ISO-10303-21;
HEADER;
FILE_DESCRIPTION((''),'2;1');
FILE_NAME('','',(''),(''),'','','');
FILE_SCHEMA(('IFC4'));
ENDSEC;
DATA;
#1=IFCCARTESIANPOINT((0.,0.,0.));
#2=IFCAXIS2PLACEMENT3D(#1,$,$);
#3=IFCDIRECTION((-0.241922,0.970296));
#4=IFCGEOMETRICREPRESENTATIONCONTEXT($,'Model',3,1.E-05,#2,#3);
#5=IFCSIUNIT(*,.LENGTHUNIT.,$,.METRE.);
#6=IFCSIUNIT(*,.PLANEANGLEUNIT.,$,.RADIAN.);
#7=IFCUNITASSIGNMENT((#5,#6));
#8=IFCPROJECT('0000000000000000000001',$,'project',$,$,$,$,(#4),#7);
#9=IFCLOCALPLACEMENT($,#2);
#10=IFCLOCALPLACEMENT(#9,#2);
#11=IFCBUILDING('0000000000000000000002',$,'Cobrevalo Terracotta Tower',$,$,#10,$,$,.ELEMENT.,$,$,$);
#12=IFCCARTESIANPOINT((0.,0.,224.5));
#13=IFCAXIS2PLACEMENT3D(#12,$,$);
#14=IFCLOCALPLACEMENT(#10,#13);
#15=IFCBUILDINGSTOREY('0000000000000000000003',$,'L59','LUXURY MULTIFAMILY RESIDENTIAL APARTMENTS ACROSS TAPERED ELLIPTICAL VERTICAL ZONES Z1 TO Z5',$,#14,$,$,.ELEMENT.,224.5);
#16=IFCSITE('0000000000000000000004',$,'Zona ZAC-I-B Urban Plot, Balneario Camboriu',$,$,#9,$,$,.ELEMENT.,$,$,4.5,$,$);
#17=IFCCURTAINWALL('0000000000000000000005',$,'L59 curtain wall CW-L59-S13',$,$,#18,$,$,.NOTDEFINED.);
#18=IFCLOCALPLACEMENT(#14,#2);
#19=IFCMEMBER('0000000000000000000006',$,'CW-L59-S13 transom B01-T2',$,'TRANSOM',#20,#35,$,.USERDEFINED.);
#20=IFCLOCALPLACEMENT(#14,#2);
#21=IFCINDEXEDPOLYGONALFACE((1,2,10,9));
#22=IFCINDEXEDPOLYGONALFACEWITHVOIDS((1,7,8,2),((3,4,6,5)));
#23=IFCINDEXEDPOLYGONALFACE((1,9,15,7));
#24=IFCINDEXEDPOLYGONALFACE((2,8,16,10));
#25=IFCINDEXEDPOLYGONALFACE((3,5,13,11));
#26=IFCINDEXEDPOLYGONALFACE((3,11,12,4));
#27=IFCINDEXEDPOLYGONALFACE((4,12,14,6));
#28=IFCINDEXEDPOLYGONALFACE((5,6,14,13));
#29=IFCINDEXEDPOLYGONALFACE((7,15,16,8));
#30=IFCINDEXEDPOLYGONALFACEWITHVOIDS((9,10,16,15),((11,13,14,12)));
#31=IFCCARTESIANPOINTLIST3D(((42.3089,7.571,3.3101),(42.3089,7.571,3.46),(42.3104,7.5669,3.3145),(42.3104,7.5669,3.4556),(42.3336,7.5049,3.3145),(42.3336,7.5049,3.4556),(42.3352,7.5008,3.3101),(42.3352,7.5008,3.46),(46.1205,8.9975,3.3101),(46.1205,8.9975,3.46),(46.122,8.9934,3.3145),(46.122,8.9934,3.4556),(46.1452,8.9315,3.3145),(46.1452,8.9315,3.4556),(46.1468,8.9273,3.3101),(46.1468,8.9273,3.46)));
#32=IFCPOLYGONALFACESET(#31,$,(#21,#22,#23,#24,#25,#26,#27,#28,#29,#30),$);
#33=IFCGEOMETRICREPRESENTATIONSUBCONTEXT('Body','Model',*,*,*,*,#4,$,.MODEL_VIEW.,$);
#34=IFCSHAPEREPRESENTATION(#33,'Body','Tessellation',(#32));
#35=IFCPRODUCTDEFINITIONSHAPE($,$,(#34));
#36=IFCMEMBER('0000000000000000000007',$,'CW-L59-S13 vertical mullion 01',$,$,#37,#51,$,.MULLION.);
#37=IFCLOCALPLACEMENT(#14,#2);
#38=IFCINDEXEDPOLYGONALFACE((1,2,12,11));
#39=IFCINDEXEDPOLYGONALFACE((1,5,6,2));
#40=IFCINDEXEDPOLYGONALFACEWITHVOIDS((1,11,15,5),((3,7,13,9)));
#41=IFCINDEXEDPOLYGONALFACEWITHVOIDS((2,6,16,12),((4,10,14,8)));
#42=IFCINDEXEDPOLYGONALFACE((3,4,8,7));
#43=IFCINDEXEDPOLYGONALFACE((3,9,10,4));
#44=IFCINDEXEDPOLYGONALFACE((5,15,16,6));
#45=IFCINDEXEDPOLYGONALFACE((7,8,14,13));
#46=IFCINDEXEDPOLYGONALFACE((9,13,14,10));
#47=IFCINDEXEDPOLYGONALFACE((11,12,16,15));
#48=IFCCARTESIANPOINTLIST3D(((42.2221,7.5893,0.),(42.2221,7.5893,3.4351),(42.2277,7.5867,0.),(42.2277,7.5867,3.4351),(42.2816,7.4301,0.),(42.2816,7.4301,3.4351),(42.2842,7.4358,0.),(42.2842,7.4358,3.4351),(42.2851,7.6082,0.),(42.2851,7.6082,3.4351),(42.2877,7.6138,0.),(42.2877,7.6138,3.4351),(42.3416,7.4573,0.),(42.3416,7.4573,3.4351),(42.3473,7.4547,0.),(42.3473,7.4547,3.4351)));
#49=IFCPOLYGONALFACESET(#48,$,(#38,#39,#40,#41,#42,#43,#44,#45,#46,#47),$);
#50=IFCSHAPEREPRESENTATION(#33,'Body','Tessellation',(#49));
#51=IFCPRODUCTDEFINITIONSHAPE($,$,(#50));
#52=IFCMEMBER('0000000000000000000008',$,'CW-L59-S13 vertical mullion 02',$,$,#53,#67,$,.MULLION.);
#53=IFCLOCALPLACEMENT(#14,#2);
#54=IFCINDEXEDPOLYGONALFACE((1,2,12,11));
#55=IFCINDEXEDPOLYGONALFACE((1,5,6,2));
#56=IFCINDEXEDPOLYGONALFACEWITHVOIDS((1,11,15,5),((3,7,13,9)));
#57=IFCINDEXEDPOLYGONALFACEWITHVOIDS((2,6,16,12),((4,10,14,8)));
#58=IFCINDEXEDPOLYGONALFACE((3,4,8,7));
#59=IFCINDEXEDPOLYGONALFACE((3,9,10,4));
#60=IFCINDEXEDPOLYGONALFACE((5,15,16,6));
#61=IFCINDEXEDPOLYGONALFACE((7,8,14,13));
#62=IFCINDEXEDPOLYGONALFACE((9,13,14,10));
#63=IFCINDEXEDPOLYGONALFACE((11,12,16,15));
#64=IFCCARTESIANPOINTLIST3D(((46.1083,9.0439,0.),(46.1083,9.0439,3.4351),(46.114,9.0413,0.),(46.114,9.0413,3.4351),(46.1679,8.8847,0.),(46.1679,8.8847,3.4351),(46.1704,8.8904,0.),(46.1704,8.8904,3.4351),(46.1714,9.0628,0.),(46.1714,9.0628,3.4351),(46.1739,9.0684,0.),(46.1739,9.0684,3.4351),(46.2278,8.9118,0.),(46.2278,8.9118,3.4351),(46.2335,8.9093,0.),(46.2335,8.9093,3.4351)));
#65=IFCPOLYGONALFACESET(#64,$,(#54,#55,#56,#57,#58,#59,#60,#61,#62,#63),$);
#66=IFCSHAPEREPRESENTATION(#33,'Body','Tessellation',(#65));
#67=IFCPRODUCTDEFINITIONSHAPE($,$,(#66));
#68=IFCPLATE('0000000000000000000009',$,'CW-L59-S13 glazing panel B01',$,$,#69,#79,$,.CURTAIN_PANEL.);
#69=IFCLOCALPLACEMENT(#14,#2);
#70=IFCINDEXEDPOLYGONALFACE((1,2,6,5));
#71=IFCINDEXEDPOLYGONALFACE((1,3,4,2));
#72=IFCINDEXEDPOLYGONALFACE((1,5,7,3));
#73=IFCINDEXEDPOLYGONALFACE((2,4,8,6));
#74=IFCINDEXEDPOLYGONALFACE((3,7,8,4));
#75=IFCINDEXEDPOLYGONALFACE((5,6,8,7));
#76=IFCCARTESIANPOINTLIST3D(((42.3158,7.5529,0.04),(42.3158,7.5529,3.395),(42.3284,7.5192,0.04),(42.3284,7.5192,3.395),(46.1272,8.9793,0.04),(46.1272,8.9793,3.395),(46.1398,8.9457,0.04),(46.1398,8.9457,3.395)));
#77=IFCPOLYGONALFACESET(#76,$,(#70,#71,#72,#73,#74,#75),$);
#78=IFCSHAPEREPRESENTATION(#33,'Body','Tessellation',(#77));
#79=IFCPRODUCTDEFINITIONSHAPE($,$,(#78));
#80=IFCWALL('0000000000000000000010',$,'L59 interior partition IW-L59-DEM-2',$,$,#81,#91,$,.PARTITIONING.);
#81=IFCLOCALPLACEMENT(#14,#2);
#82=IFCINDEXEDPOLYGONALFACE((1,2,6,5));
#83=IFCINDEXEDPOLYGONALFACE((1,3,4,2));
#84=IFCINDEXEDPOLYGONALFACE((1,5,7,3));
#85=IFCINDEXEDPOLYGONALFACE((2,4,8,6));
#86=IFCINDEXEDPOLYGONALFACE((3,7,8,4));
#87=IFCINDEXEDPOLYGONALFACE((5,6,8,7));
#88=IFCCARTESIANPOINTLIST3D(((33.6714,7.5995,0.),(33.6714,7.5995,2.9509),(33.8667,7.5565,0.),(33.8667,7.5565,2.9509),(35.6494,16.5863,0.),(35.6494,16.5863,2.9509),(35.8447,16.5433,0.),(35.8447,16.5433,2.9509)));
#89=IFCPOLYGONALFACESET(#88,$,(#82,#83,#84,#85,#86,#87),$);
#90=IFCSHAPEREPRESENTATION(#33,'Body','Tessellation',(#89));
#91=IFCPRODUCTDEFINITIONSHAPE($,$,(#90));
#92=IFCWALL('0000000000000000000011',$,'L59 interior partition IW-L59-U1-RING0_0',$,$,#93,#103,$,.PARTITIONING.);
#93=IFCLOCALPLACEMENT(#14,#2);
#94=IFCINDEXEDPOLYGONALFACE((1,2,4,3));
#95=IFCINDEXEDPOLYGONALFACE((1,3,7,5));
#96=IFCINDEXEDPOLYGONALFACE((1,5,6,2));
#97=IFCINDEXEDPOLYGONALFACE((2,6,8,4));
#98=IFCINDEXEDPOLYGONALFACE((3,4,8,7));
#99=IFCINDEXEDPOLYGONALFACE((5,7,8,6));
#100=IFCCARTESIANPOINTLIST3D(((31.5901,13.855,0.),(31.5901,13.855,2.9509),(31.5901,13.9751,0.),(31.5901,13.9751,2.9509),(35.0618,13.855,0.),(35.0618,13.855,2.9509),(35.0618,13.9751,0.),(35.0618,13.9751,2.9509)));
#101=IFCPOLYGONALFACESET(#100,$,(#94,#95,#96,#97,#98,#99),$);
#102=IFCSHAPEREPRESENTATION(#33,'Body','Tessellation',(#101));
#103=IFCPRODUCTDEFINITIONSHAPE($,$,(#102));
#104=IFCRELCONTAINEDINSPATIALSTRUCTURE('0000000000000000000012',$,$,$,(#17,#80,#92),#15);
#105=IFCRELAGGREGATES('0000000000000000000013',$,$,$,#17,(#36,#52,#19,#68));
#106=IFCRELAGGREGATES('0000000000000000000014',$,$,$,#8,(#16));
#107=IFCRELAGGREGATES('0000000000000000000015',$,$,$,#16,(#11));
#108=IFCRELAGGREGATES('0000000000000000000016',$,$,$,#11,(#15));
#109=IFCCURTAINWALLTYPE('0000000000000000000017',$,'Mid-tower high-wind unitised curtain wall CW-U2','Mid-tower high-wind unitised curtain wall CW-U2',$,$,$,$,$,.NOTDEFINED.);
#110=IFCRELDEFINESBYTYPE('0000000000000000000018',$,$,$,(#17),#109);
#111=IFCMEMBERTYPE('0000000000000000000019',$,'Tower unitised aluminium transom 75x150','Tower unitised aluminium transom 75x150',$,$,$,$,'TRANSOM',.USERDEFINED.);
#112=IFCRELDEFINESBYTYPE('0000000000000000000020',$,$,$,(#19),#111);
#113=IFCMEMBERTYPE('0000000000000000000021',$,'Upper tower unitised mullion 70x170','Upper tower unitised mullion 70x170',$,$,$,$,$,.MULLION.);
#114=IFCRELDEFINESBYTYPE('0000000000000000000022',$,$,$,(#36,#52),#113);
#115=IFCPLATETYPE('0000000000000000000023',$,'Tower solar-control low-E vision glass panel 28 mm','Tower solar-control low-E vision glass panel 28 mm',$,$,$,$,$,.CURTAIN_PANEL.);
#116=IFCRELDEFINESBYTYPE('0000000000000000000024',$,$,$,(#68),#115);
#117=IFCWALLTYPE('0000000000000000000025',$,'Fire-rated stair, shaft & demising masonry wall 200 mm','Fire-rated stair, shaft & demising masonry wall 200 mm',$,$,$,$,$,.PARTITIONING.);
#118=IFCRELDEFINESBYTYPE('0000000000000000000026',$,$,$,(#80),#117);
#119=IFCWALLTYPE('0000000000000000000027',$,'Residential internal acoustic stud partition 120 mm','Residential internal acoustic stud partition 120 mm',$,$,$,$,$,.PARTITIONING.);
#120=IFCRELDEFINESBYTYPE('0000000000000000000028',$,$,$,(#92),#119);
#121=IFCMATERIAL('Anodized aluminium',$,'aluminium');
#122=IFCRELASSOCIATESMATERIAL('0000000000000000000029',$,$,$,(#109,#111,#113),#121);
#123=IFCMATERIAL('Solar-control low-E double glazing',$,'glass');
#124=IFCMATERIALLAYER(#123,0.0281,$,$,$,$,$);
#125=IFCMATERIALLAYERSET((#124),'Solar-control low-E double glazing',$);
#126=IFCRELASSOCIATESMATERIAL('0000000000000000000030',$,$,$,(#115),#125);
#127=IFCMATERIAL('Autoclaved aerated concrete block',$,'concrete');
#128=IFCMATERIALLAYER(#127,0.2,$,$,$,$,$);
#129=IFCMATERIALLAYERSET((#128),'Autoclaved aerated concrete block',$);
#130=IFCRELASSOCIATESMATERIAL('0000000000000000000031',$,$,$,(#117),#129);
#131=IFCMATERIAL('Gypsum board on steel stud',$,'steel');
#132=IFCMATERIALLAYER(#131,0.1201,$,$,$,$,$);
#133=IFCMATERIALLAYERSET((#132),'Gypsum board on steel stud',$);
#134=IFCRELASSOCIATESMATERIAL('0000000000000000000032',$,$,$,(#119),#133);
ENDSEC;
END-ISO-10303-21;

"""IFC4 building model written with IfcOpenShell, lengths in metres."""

from ifc_helpers import new_model, si_unit, direction, frame, frame_2d, origin, origin_2d, place, context, subcontext, project, spatial, rectangle, hollow_rectangle, extrude, source, transform, mapped, material, layer, layer_set, material_profile, profile_set, type_object, element, aggregate, save


model = new_model("IFC4")

# Units and contexts
model_context = context("Model", 3, precision=1e-05, world=origin(), true_north=direction((-0.241922, 0.970296)))
body_context = subcontext(model_context, "Body", "Model", "MODEL_VIEW")
ifc_project = project(units=[si_unit("LENGTHUNIT", "METRE"), si_unit("PLANEANGLEUNIT", "RADIAN")], contexts=[model_context])

# Site, building, storey
site_placement = place(None, origin())
site = spatial("IfcSite", under=ifc_project, at=site_placement, Name="Zona ZAC-I-B Urban Plot, Balneario Camboriu", CompositionType="ELEMENT", RefElevation=4.5)
building_placement = place(site_placement, origin())
building = spatial("IfcBuilding", under=site, at=building_placement, Name="Cobrevalo Terracotta Tower", CompositionType="ELEMENT")
storey_placement = place(building_placement, frame((0.0, 0.0, 224.5)))
storey = spatial("IfcBuildingStorey", under=building, at=storey_placement, Name="L59", Description="LUXURY MULTIFAMILY RESIDENTIAL APARTMENTS ACROSS TAPERED ELLIPTICAL VERTICAL ZONES Z1 TO Z5", CompositionType="ELEMENT", Elevation=224.5)

# Curtain wall, members, plate
ifc_material_1 = material(Name="Anodized aluminium", Category="aluminium")
curtain_wall_type = type_object("IfcCurtainWallType", Name="Mid-tower high-wind unitised curtain wall CW-U2", Description="Mid-tower high-wind unitised curtain wall CW-U2", PredefinedType="NOTDEFINED", material=ifc_material_1)
curtain_wall_placement = place(storey_placement, origin())
curtain_wall = element("IfcCurtainWall", 1, at=curtain_wall_placement, inside=storey, type_object=curtain_wall_type, Name="L59 curtain wall CW-L59-S13", PredefinedType="NOTDEFINED")
ifc_material_profile_1 = material_profile(ifc_material_1, hollow_rectangle(XDim=0.075, YDim=0.1499, WallThickness=0.0044, at=origin_2d()), Name="CWT 75x150")
ifc_profile_set_1 = profile_set([ifc_material_profile_1], Name="Anodized aluminium")
member_type_1 = type_object("IfcMemberType", Name="Tower unitised aluminium transom 75x150", Description="Tower unitised aluminium transom 75x150", ElementType="TRANSOM", PredefinedType="USERDEFINED", material=ifc_profile_set_1)
shared_shape_1 = source(origin(), body_context, "Body", "SweptSolid", [
    extrude(hollow_rectangle(XDim=0.075, YDim=0.1499, WallThickness=0.0044, at=origin_2d()), origin(), (0.0, 0.0, 1.0), 4.0698),
])
member_1_placement = place(storey_placement, frame((42.322, 7.5359, 3.385), z_axis=(0.936556, 0.350519, 0.0), x_axis=(-0.350519, 0.936556, 0.0)))
member_1 = element("IfcMember", 2, at=member_1_placement, type_object=member_type_1, Name="CW-L59-S13 transom B01-T2", ObjectType="TRANSOM", PredefinedType="USERDEFINED", context=body_context, shape_type="MappedRepresentation", body=[
    mapped(shared_shape_1, transform((0.0, 0.0, 0.0), scale=1.0)),
])
ifc_material_profile_2 = material_profile(ifc_material_1, hollow_rectangle(XDim=0.0701, YDim=0.1699, WallThickness=0.0044, at=origin_2d()), Name="CWM 70x170")
ifc_profile_set_2 = profile_set([ifc_material_profile_2], Name="Anodized aluminium")
member_type_2 = type_object("IfcMemberType", Name="Upper tower unitised mullion 70x170", Description="Upper tower unitised mullion 70x170", PredefinedType="MULLION", material=ifc_profile_set_2)
shared_shape_2 = source(origin(), body_context, "Body", "SweptSolid", [
    extrude(hollow_rectangle(XDim=0.0701, YDim=0.1699, WallThickness=0.0044, at=origin_2d()), origin(), (0.0, 0.0, 1.0), 3.4351),
])
member_2_placement = place(storey_placement, frame((42.2847, 7.522, 0.0), z_axis=(0.0, 0.0, 1.0), x_axis=(0.936556, 0.350518, 0.0)))
member_2 = element("IfcMember", 3, at=member_2_placement, type_object=member_type_2, Name="CW-L59-S13 vertical mullion 01", PredefinedType="MULLION", context=body_context, shape_type="MappedRepresentation", body=[
    mapped(shared_shape_2, transform((0.0, 0.0, 0.0), scale=1.0)),
])
member_3_placement = place(storey_placement, frame((46.1709, 8.9766, 0.0), z_axis=(0.0, 0.0, 1.0), x_axis=(0.936556, 0.350518, 0.0)))
member_3 = element("IfcMember", 4, at=member_3_placement, type_object=member_type_2, Name="CW-L59-S13 vertical mullion 02", PredefinedType="MULLION", context=body_context, shape_type="MappedRepresentation", body=[
    mapped(shared_shape_2, transform((0.0, 0.0, 0.0), scale=1.0)),
])
ifc_material_2 = material(Name="Solar-control low-E double glazing", Category="glass")
ifc_layer_1 = layer(ifc_material_2, 0.0281)
ifc_layer_set_1 = layer_set([ifc_layer_1], Name="Solar-control low-E double glazing")
plate_type = type_object("IfcPlateType", Name="Tower solar-control low-E vision glass panel 28 mm", Description="Tower solar-control low-E vision glass panel 28 mm", PredefinedType="CURTAIN_PANEL", material=ifc_layer_set_1)
shared_shape_3 = source(origin(), body_context, "Body", "SweptSolid", [
    extrude(rectangle(XDim=4.0696, YDim=0.0359, at=origin_2d()), origin(), (0.0, 0.0, 1.0), 3.355),
])
plate_placement = place(storey_placement, frame((44.2278, 8.2493, 0.04), z_axis=(0.0, 0.0, 1.0), x_axis=(0.936558, 0.350513, 0.0)))
plate = element("IfcPlate", 5, at=plate_placement, type_object=plate_type, Name="CW-L59-S13 glazing panel B01", PredefinedType="CURTAIN_PANEL", context=body_context, shape_type="MappedRepresentation", body=[
    mapped(shared_shape_3, transform((0.0, 0.0, 0.0), scale=1.0)),
])
aggregate(curtain_wall, [member_2, member_3, member_1, plate])

# Walls
ifc_material_3 = material(Name="Autoclaved aerated concrete block", Category="concrete")
ifc_layer_2 = layer(ifc_material_3, 0.2)
ifc_layer_set_2 = layer_set([ifc_layer_2], Name="Autoclaved aerated concrete block")
wall_type_1 = type_object("IfcWallType", Name="Fire-rated stair, shaft & demising masonry wall 200 mm", Description="Fire-rated stair, shaft & demising masonry wall 200 mm", PredefinedType="PARTITIONING", material=ifc_layer_set_2)
wall_1_placement = place(storey_placement, frame((35.7471, 16.5649, 0.0), z_axis=(0.0, 0.0, 1.0), x_axis=(-0.214958, -0.976623, 0.0)))
element("IfcWall", 6, at=wall_1_placement, inside=storey, type_object=wall_type_1, Name="L59 interior partition IW-L59-DEM-2", PredefinedType="PARTITIONING", context=body_context, shape_type="SweptSolid", body=[
    extrude(rectangle(XDim=9.2019, YDim=0.2, at=frame_2d((4.6011, 0.0))), origin(), (0.0, 0.0, 1.0), 2.9509),
])
ifc_material_4 = material(Name="Gypsum board on steel stud", Category="steel")
ifc_layer_3 = layer(ifc_material_4, 0.1201)
ifc_layer_set_3 = layer_set([ifc_layer_3], Name="Gypsum board on steel stud")
wall_type_2 = type_object("IfcWallType", Name="Residential internal acoustic stud partition 120 mm", Description="Residential internal acoustic stud partition 120 mm", PredefinedType="PARTITIONING", material=ifc_layer_set_3)
wall_2_placement = place(storey_placement, frame((35.0618, 13.915, 0.0), z_axis=(0.0, 0.0, 1.0), x_axis=(-1.0, 0.0, 0.0)))
element("IfcWall", 7, at=wall_2_placement, inside=storey, type_object=wall_type_2, Name="L59 interior partition IW-L59-U1-RING0_0", PredefinedType="PARTITIONING", context=body_context, shape_type="SweptSolid", body=[
    extrude(rectangle(XDim=3.4717, YDim=0.1201, at=frame_2d((1.7358, 0.0))), origin(), (0.0, 0.0, 1.0), 2.9509),
])

save(model, "model.ifc")
